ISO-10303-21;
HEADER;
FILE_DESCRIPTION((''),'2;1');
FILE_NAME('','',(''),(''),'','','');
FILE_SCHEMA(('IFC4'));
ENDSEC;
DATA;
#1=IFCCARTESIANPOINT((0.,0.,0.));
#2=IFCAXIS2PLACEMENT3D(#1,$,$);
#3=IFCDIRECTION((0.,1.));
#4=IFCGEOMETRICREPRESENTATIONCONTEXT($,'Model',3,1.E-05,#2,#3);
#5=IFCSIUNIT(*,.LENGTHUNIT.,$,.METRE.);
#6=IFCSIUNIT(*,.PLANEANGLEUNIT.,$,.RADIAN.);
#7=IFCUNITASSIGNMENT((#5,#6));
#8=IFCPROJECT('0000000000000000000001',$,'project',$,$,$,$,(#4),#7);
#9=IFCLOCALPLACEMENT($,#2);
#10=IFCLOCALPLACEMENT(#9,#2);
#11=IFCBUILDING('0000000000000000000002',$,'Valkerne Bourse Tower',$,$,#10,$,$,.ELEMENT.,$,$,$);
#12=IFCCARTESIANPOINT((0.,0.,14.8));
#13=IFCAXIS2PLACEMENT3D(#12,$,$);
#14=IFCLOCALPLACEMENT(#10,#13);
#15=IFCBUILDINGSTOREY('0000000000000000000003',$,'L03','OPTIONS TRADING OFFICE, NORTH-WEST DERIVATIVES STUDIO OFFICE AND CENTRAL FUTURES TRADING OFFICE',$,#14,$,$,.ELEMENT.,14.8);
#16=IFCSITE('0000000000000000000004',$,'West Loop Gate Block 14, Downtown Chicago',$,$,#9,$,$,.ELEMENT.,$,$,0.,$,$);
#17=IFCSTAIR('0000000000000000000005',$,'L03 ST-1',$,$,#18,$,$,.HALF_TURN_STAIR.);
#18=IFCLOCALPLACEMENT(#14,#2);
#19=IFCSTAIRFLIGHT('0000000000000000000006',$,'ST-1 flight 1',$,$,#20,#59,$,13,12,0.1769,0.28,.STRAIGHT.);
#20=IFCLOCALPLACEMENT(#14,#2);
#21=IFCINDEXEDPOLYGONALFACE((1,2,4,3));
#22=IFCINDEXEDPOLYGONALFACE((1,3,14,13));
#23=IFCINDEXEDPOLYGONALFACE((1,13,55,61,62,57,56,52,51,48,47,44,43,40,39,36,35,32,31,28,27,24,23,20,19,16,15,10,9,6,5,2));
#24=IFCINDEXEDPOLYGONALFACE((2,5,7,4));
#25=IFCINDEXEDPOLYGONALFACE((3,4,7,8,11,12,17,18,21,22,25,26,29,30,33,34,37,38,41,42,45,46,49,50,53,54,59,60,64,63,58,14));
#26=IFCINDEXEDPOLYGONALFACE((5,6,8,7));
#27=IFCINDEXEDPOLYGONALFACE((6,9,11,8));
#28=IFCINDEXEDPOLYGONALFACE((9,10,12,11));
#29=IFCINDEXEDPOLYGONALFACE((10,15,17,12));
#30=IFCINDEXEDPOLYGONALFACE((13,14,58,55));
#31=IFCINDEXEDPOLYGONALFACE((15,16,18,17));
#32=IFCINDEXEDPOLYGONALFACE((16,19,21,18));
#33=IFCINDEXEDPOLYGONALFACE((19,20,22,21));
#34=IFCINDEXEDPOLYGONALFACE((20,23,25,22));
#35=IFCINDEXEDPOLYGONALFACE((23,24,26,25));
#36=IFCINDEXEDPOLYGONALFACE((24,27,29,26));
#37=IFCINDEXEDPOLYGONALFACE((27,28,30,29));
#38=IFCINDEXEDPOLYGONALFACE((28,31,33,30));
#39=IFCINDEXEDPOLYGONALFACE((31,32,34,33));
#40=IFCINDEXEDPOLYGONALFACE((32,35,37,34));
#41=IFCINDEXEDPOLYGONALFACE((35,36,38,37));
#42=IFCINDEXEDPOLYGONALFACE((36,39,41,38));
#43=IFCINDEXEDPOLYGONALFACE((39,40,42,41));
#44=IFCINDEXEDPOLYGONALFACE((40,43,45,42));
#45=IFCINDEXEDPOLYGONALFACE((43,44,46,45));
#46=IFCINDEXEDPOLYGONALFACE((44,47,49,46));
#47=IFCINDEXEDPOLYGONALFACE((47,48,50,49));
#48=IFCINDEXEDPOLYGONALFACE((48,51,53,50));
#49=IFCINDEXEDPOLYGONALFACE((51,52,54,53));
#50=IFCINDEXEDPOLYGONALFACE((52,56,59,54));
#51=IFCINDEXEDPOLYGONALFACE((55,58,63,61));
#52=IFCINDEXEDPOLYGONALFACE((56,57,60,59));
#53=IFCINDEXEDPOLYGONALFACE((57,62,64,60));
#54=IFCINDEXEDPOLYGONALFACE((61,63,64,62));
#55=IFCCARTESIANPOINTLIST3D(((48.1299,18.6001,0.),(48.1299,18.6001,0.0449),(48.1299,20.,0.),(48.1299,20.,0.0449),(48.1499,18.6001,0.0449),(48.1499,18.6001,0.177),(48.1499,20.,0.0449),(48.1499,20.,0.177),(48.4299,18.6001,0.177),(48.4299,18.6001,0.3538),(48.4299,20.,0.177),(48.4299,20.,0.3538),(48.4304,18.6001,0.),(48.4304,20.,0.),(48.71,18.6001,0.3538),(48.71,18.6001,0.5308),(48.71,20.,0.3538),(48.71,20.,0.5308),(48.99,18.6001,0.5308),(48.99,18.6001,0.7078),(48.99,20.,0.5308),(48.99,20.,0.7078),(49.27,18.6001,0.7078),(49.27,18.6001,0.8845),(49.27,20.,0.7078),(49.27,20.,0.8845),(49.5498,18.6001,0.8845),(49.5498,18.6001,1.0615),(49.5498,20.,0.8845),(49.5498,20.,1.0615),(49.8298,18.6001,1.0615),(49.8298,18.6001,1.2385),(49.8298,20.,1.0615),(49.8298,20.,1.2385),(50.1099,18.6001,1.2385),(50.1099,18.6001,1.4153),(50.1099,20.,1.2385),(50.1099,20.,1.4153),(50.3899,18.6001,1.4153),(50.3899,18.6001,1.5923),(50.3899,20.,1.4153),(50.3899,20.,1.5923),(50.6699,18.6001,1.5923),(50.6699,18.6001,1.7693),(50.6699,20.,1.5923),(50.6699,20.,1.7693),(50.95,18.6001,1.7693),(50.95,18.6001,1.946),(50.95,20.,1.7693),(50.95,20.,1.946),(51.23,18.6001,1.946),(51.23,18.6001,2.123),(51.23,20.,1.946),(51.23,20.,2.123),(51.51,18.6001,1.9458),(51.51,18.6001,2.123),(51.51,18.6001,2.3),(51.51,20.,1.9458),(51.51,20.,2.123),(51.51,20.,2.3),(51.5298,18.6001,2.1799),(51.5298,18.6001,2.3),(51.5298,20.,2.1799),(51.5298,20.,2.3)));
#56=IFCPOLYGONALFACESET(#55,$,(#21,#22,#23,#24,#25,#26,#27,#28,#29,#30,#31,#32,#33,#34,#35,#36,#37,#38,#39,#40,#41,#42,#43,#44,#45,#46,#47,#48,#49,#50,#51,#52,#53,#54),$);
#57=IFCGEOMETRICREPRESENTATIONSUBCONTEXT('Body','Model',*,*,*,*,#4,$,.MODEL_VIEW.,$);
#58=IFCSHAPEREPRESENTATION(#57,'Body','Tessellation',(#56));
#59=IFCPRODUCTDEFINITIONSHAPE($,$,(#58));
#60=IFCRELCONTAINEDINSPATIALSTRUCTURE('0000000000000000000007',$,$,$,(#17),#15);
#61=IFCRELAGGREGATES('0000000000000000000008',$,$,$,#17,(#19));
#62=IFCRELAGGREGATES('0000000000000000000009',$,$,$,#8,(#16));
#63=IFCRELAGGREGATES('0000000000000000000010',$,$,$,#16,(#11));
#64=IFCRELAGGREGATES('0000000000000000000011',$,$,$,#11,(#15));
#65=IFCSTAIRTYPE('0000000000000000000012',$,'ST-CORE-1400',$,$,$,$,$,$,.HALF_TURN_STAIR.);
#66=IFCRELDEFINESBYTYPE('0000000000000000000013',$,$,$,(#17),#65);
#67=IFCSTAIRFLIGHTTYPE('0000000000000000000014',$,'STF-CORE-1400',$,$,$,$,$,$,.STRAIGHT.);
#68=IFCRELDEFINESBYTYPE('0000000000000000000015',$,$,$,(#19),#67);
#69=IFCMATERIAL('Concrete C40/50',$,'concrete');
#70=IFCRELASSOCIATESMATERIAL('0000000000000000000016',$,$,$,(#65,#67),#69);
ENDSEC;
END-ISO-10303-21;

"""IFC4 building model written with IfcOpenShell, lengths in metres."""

from ifc_helpers import new_model, si_unit, direction, frame, origin, place, context, subcontext, project, spatial, polyline, outline, extrude, material, type_object, element, aggregate, save


model = new_model("IFC4")

# Units and contexts
model_context = context("Model", 3, precision=1e-05, world=origin(), true_north=direction((0.0, 1.0)))
body_context = subcontext(model_context, "Body", "Model", "MODEL_VIEW")
ifc_project = project(units=[si_unit("LENGTHUNIT", "METRE"), si_unit("PLANEANGLEUNIT", "RADIAN")], contexts=[model_context])

# Site, building, storey
site_placement = place(None, origin())
site = spatial("IfcSite", under=ifc_project, at=site_placement, Name="West Loop Gate Block 14, Downtown Chicago", CompositionType="ELEMENT", RefElevation=0.0)
building_placement = place(site_placement, origin())
building = spatial("IfcBuilding", under=site, at=building_placement, Name="Valkerne Bourse Tower", CompositionType="ELEMENT")
storey_placement = place(building_placement, frame((0.0, 0.0, 14.8)))
storey = spatial("IfcBuildingStorey", under=building, at=storey_placement, Name="L03", Description="OPTIONS TRADING OFFICE, NORTH-WEST DERIVATIVES STUDIO OFFICE AND CENTRAL FUTURES TRADING OFFICE", CompositionType="ELEMENT", Elevation=14.8)

# Shared definitions
ifc_material_1 = material(Name="Concrete C40/50", Category="concrete")

# Stair, stair flight
stair_type = type_object("IfcStairType", Name="ST-CORE-1400", PredefinedType="HALF_TURN_STAIR", material=ifc_material_1)
stair_placement = place(storey_placement, origin())
stair = element("IfcStair", 1, at=stair_placement, inside=storey, type_object=stair_type, Name="L03 ST-1", PredefinedType="HALF_TURN_STAIR")
stair_flight_type = type_object("IfcStairFlightType", Name="STF-CORE-1400", PredefinedType="STRAIGHT", material=ifc_material_1)
stair_flight_placement = place(storey_placement, frame((48.1499, 19.3, 0.0), z_axis=(0.0, 0.0, 1.0), x_axis=(1.0, 0.0, 0.0)))
stair_flight = element("IfcStairFlight", 2, at=stair_flight_placement, type_object=stair_flight_type, Name="ST-1 flight 1", NumberOfRisers=13, NumberOfTreads=12, PredefinedType="STRAIGHT", RiserHeight=0.1769, TreadLength=0.28, context=body_context, shape_type="SweptSolid", body=[
    extrude(outline(polyline([(-0.02, 0.0), (-0.02, 0.0449), (0.0, 0.0449), (0.0, 0.177), (0.28, 0.177), (0.28, 0.3538), (0.5601, 0.3538), (0.5601, 0.5308), (0.8401, 0.5308), (0.8401, 0.7078), (1.1201, 0.7078), (1.1201, 0.8845), (1.3999, 0.8845), (1.3999, 1.0615), (1.6799, 1.0615), (1.6799, 1.2385), (1.96, 1.2385), (1.96, 1.4153), (2.24, 1.4153), (2.24, 1.5923), (2.52, 1.5923), (2.52, 1.7693), (2.8, 1.7693), (2.8, 1.946), (3.0801, 1.946), (3.0801, 2.123), (3.3601, 2.123), (3.3601, 2.3), (3.3799, 2.3), (3.3799, 2.1799), (3.3601, 1.9458), (0.2805, 0.0), (-0.02, 0.0)])), frame((0.0, 0.7, 0.0), z_axis=(0.0, -1.0, 0.0), x_axis=(1.0, 0.0, 0.0)), (0.0, 0.0, 1.0), 1.3999),
])
aggregate(stair, [stair_flight])

save(model, "model.ifc")
